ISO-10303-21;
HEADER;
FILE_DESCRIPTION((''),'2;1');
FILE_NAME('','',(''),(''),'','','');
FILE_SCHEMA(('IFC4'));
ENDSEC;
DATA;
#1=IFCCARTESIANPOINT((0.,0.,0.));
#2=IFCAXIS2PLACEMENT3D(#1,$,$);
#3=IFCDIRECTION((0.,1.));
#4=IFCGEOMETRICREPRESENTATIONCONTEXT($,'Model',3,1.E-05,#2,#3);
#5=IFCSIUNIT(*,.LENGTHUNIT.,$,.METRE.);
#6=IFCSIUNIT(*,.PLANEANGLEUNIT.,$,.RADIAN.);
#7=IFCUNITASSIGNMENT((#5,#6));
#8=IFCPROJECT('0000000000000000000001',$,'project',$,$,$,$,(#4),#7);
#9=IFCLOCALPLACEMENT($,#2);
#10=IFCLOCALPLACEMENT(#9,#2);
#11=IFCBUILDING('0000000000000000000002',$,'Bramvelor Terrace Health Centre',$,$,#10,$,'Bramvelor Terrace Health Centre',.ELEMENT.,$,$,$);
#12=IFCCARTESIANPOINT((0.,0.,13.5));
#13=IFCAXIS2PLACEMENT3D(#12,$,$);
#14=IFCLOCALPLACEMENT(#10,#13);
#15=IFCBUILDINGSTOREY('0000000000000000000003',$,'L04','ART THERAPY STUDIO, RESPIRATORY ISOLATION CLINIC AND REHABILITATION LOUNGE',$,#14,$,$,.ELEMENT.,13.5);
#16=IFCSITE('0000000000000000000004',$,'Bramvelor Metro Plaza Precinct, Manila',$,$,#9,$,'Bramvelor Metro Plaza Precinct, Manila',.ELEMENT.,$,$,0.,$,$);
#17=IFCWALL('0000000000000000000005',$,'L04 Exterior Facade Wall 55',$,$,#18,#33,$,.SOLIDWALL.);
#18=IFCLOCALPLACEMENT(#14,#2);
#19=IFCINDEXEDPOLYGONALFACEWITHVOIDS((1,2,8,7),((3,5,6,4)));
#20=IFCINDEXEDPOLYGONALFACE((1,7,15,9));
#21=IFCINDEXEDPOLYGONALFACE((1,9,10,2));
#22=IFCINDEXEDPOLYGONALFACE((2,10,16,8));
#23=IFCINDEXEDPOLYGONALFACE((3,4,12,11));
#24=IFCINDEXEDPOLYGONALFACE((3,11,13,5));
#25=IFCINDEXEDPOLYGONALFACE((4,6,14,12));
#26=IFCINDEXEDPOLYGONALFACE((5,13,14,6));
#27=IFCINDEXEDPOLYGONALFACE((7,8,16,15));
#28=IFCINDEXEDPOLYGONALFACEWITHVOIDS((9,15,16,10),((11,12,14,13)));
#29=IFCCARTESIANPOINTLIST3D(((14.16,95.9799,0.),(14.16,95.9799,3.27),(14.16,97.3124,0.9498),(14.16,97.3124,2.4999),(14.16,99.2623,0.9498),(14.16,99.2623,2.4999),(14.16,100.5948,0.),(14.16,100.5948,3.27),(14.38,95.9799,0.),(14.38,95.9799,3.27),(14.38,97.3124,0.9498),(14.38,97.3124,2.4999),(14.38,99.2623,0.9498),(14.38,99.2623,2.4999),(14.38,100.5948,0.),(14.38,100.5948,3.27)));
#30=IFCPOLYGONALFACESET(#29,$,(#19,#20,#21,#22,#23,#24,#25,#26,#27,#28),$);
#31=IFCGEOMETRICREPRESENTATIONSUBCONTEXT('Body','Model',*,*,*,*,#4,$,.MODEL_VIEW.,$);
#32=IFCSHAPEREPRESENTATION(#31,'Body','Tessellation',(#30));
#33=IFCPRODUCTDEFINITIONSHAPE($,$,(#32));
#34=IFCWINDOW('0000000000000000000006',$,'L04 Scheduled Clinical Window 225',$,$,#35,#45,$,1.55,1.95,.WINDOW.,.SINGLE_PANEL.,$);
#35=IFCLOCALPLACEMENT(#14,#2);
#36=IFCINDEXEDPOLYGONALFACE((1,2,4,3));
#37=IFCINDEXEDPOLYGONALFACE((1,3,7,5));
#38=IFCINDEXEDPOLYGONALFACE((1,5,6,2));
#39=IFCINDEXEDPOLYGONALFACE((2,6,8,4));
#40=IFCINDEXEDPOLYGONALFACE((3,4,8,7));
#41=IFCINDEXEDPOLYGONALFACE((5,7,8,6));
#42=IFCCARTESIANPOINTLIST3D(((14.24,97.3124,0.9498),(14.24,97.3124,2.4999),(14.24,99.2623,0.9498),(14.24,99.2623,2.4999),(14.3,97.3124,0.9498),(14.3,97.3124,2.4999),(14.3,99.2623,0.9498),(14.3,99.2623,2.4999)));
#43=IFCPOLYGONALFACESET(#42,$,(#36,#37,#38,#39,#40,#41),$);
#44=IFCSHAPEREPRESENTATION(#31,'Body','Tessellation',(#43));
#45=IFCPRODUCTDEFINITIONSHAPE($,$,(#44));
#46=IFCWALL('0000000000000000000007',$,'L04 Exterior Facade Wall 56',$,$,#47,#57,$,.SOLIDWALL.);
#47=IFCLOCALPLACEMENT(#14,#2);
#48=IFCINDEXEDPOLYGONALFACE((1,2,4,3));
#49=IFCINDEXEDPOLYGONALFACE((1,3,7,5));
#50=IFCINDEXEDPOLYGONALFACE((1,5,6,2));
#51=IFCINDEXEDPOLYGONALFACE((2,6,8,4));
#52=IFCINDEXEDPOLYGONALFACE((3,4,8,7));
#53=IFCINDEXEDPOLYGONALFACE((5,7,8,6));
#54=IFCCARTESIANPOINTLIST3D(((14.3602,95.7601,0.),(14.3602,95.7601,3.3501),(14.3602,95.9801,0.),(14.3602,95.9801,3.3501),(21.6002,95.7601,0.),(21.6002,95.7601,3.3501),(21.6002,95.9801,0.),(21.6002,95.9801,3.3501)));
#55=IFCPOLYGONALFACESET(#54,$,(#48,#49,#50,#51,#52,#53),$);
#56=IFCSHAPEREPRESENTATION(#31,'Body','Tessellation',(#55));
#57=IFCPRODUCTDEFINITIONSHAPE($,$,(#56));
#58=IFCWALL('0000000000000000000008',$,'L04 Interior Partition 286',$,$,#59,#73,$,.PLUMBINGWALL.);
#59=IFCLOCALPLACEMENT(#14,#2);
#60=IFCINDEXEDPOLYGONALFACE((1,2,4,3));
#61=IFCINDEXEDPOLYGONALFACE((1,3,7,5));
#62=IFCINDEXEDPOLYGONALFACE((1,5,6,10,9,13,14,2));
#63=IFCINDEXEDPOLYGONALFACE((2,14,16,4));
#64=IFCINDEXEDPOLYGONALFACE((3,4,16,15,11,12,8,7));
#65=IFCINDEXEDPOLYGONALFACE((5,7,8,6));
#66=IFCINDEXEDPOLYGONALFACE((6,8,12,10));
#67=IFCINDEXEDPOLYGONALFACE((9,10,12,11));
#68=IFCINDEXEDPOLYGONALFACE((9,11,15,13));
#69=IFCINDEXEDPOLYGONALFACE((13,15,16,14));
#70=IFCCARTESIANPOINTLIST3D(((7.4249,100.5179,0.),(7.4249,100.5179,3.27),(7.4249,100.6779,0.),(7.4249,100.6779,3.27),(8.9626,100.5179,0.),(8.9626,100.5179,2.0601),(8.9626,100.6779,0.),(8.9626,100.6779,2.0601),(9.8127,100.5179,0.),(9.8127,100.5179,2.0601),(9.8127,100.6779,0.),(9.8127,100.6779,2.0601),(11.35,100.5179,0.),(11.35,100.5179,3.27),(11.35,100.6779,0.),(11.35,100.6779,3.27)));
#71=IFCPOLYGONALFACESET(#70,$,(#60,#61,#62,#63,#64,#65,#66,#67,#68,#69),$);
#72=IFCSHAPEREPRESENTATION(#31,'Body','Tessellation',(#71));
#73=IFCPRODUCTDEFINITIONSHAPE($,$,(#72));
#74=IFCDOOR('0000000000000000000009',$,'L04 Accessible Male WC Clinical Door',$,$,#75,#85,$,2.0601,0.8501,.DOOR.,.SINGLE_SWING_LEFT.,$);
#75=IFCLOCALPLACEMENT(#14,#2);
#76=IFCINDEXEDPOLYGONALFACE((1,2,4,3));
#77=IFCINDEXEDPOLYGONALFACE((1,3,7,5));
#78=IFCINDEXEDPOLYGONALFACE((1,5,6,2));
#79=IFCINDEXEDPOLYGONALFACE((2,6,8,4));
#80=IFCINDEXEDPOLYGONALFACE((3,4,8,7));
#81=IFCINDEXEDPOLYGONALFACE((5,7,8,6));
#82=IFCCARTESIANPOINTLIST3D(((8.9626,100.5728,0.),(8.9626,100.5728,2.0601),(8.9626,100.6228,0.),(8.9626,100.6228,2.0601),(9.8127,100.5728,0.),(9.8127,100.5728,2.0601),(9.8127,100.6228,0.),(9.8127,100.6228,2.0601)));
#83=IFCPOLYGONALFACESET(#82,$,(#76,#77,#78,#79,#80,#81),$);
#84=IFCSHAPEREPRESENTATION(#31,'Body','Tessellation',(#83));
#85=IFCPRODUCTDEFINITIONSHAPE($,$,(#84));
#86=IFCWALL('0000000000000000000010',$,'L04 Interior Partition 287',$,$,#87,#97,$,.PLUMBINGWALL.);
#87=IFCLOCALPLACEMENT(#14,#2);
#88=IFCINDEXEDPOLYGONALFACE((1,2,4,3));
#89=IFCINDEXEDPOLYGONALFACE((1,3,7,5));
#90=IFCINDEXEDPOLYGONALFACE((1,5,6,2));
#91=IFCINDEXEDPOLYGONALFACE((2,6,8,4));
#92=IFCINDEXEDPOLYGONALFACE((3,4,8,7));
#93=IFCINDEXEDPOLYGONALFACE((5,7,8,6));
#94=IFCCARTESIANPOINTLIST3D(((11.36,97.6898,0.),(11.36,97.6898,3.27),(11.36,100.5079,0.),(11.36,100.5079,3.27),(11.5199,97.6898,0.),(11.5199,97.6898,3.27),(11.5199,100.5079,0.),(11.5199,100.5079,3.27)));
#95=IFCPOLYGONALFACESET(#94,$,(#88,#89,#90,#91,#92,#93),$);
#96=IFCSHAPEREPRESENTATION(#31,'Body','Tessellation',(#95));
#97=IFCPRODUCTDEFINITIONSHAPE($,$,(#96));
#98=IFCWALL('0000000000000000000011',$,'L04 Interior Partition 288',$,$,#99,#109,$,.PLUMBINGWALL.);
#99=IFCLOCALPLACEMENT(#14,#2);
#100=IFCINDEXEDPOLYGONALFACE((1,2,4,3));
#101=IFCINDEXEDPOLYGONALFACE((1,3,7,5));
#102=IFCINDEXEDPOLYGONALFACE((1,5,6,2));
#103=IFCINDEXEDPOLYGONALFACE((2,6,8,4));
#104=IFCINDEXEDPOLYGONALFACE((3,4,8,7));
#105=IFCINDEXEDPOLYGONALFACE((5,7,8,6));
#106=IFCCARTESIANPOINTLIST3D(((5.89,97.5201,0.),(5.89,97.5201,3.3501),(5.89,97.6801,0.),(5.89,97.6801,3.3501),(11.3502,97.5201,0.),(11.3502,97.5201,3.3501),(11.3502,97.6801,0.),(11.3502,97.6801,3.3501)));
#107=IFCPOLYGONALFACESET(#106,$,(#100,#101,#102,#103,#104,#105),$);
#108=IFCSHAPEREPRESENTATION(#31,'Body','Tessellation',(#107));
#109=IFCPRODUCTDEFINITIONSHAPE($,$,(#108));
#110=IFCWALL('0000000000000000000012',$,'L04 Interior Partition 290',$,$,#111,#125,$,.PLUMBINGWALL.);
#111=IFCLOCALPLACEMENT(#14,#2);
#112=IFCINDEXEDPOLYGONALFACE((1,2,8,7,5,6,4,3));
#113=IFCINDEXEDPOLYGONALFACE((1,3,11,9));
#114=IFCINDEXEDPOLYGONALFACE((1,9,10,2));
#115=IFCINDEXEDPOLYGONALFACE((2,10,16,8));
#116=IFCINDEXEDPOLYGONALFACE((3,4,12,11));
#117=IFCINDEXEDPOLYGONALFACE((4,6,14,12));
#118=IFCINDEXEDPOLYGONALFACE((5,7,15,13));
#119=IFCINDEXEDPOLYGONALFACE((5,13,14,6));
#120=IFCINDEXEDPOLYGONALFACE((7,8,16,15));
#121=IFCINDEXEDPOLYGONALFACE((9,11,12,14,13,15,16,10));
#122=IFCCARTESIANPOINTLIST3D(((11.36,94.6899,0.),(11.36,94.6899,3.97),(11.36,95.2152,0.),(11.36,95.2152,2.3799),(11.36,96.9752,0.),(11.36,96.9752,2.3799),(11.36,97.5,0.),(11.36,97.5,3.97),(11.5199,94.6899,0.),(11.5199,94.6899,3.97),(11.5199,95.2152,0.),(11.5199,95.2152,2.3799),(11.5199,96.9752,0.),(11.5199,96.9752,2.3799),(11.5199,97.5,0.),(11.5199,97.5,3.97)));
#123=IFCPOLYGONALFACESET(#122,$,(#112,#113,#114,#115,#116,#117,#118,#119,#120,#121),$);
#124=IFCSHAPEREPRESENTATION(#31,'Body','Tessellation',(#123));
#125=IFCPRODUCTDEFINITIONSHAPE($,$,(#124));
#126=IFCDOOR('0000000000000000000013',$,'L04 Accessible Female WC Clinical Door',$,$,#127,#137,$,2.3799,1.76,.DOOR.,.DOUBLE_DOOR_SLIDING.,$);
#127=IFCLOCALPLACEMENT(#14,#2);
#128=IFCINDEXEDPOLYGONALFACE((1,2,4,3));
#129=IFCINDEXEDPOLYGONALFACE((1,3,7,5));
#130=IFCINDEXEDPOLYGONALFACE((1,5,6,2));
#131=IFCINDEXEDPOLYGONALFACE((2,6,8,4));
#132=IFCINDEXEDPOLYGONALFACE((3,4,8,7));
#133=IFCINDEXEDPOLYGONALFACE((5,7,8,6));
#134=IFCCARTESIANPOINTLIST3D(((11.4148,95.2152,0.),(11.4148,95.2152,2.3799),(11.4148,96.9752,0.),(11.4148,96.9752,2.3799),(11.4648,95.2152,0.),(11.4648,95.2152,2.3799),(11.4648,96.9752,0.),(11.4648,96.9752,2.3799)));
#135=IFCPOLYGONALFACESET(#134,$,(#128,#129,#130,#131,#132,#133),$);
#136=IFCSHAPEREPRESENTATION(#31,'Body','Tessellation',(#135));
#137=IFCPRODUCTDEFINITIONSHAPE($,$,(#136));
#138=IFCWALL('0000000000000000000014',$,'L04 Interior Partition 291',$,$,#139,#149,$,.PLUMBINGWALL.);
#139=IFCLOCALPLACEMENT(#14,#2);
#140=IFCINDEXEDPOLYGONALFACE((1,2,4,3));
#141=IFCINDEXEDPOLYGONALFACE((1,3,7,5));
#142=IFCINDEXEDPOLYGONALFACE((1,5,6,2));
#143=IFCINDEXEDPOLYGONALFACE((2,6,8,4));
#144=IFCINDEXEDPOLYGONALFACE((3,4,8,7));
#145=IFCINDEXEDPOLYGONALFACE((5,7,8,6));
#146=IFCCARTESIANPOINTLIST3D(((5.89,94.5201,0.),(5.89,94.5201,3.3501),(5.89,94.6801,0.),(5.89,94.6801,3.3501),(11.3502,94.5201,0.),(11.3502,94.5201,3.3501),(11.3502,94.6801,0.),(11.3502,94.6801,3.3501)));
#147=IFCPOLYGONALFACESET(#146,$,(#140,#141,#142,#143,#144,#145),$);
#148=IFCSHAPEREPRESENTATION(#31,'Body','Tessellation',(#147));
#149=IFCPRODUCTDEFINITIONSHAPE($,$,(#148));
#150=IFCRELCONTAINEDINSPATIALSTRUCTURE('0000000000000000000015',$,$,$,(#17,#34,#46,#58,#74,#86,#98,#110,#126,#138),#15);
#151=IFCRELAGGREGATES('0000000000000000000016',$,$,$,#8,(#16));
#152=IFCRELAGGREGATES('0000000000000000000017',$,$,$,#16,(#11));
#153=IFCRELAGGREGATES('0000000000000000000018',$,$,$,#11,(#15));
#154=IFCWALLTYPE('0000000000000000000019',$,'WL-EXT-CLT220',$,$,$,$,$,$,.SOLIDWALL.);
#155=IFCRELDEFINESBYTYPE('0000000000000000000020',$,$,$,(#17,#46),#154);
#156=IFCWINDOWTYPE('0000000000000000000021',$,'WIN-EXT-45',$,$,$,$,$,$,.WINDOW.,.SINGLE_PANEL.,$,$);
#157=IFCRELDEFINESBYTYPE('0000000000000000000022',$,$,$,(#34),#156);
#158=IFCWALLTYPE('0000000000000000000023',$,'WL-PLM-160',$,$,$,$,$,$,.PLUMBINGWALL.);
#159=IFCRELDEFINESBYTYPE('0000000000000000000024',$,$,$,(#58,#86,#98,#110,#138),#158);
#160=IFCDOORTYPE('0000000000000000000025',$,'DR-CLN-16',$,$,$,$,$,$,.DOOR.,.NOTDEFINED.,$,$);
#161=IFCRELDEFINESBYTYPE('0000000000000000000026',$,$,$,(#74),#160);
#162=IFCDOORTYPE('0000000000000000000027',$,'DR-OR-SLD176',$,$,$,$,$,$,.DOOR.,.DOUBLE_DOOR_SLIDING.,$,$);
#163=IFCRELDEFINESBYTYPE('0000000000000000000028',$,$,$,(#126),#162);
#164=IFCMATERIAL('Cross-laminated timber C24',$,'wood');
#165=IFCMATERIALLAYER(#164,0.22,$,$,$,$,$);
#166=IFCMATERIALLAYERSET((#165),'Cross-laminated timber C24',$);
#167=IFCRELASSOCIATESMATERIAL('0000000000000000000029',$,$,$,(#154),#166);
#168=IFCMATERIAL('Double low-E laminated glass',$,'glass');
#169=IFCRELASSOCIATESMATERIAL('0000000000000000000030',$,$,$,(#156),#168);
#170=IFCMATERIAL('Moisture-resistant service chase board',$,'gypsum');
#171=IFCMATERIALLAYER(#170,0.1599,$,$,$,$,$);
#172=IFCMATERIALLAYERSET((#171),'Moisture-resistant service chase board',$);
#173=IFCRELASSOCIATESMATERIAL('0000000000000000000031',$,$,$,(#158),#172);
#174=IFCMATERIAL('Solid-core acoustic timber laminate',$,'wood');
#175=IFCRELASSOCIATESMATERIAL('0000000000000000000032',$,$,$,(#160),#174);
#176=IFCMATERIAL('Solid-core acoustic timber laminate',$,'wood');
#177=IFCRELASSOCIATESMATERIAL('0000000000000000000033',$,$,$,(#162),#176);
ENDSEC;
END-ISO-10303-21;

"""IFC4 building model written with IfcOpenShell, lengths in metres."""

from ifc_helpers import new_model, si_unit, direction, frame, frame_2d, origin, place, context, subcontext, project, spatial, rectangle, extrude, material, layer, layer_set, type_object, element, fill, save


model = new_model("IFC4")

# Units and contexts
model_context = context("Model", 3, precision=1e-05, world=origin(), true_north=direction((0.0, 1.0)))
body_context = subcontext(model_context, "Body", "Model", "MODEL_VIEW")
ifc_project = project(units=[si_unit("LENGTHUNIT", "METRE"), si_unit("PLANEANGLEUNIT", "RADIAN")], contexts=[model_context])

# Site, building, storey
site_placement = place(None, origin())
site = spatial("IfcSite", under=ifc_project, at=site_placement, Name="Bramvelor Metro Plaza Precinct, Manila", LongName="Bramvelor Metro Plaza Precinct, Manila", CompositionType="ELEMENT", RefElevation=0.0)
building_placement = place(site_placement, origin())
building = spatial("IfcBuilding", under=site, at=building_placement, Name="Bramvelor Terrace Health Centre", LongName="Bramvelor Terrace Health Centre", CompositionType="ELEMENT")
storey_placement = place(building_placement, frame((0.0, 0.0, 13.5)))
storey = spatial("IfcBuildingStorey", under=building, at=storey_placement, Name="L04", Description="ART THERAPY STUDIO, RESPIRATORY ISOLATION CLINIC AND REHABILITATION LOUNGE", CompositionType="ELEMENT", Elevation=13.5)

# Wall, opening, window
ifc_material_1 = material(Name="Cross-laminated timber C24", Category="wood")
ifc_layer_1 = layer(ifc_material_1, 0.22)
ifc_layer_set_1 = layer_set([ifc_layer_1], Name="Cross-laminated timber C24")
wall_type_1 = type_object("IfcWallType", Name="WL-EXT-CLT220", PredefinedType="SOLIDWALL", material=ifc_layer_set_1)
wall_1_placement = place(storey_placement, frame((14.27, 100.595, 0.0), z_axis=(0.0, 0.0, 1.0), x_axis=(0.0, -1.0, 0.0)))
wall_1 = element("IfcWall", 1, at=wall_1_placement, inside=storey, type_object=wall_type_1, Name="L04 Exterior Facade Wall 55", PredefinedType="SOLIDWALL", context=body_context, shape_type="SweptSolid", body=[
    extrude(rectangle(XDim=4.615, YDim=0.22, at=frame_2d((2.3076, 0.0))), origin(), (0.0, 0.0, 1.0), 3.27),
])
opening_1_placement = place(wall_1_placement, frame((1.3325, 0.0, 0.95)))
opening_1 = element("IfcOpeningElement", 2, at=opening_1_placement, cuts=wall_1, PredefinedType="OPENING", context=body_context, shape_type="SweptSolid", body=[
    extrude(rectangle(XDim=1.95, YDim=1.55, at=frame_2d((0.9751, 0.7749))), frame((0.0, 0.1199, 0.0), z_axis=(0.0, -1.0, 0.0), x_axis=(1.0, 0.0, 0.0)), (0.0, 0.0, 1.0), 0.24),
])
ifc_material_2 = material(Name="Double low-E laminated glass", Category="glass")
window_type = type_object("IfcWindowType", Name="WIN-EXT-45", PartitioningType="SINGLE_PANEL", PredefinedType="WINDOW", material=ifc_material_2)
window_placement = place(opening_1_placement, origin())
window = element("IfcWindow", 3, at=window_placement, inside=storey, type_object=window_type, Name="L04 Scheduled Clinical Window 225", OverallHeight=1.55, OverallWidth=1.95, PartitioningType="SINGLE_PANEL", PredefinedType="WINDOW", context=body_context, shape_type="SweptSolid", body=[
    extrude(rectangle(XDim=1.95, YDim=1.55, at=frame_2d((0.9751, 0.7749))), frame((0.0, 0.03, 0.0), z_axis=(0.0, -1.0, 0.0), x_axis=(1.0, 0.0, 0.0)), (0.0, 0.0, 1.0), 0.0601),
])
fill(opening_1, window)

# Wall
wall_2_placement = place(storey_placement, frame((14.3601, 95.8701, 0.0), z_axis=(0.0, 0.0, 1.0), x_axis=(1.0, 0.0, 0.0)))
element("IfcWall", 4, at=wall_2_placement, inside=storey, type_object=wall_type_1, Name="L04 Exterior Facade Wall 56", PredefinedType="SOLIDWALL", context=body_context, shape_type="SweptSolid", body=[
    extrude(rectangle(XDim=7.24, YDim=0.22, at=frame_2d((3.6201, 0.0))), origin(), (0.0, 0.0, 1.0), 3.3501),
])

# Wall, opening, door
ifc_material_3 = material(Name="Moisture-resistant service chase board", Category="gypsum")
ifc_layer_2 = layer(ifc_material_3, 0.1599)
ifc_layer_set_2 = layer_set([ifc_layer_2], Name="Moisture-resistant service chase board")
wall_type_2 = type_object("IfcWallType", Name="WL-PLM-160", PredefinedType="PLUMBINGWALL", material=ifc_layer_set_2)
wall_3_placement = place(storey_placement, frame((7.425, 100.5979, 0.0), z_axis=(0.0, 0.0, 1.0), x_axis=(1.0, 0.0, 0.0)))
wall_3 = element("IfcWall", 5, at=wall_3_placement, inside=storey, type_object=wall_type_2, Name="L04 Interior Partition 286", PredefinedType="PLUMBINGWALL", context=body_context, shape_type="SweptSolid", body=[
    extrude(rectangle(XDim=3.925, YDim=0.1599, at=frame_2d((1.9624, 0.0))), origin(), (0.0, 0.0, 1.0), 3.27),
])
opening_2_placement = place(wall_3_placement, frame((1.5376, 0.0, 0.0)))
opening_2 = element("IfcOpeningElement", 6, at=opening_2_placement, cuts=wall_3, PredefinedType="OPENING", context=body_context, shape_type="SweptSolid", body=[
    extrude(rectangle(XDim=0.8501, YDim=2.0601, at=frame_2d((0.425, 1.03))), frame((0.0, 0.0898, 0.0), z_axis=(0.0, -1.0, 0.0), x_axis=(1.0, 0.0, 0.0)), (0.0, 0.0, 1.0), 0.1799),
])
ifc_material_4 = material(Name="Solid-core acoustic timber laminate", Category="wood")
door_type_1 = type_object("IfcDoorType", Name="DR-CLN-16", OperationType="NOTDEFINED", PredefinedType="DOOR", material=ifc_material_4)
door_1_placement = place(opening_2_placement, origin())
door_1 = element("IfcDoor", 7, at=door_1_placement, inside=storey, type_object=door_type_1, Name="L04 Accessible Male WC Clinical Door", OperationType="SINGLE_SWING_LEFT", OverallHeight=2.0601, OverallWidth=0.8501, PredefinedType="DOOR", context=body_context, shape_type="SweptSolid", body=[
    extrude(rectangle(XDim=0.8501, YDim=2.0601, at=frame_2d((0.425, 1.03))), frame((0.0, 0.0249, 0.0), z_axis=(0.0, -1.0, 0.0), x_axis=(1.0, 0.0, 0.0)), (0.0, 0.0, 1.0), 0.05),
])
fill(opening_2, door_1)

# Walls
wall_4_placement = place(storey_placement, frame((11.4399, 100.5081, 0.0), z_axis=(0.0, 0.0, 1.0), x_axis=(0.0, -1.0, 0.0)))
element("IfcWall", 8, at=wall_4_placement, inside=storey, type_object=wall_type_2, Name="L04 Interior Partition 287", PredefinedType="PLUMBINGWALL", context=body_context, shape_type="SweptSolid", body=[
    extrude(rectangle(XDim=2.8181, YDim=0.1599, at=frame_2d((1.4092, 0.0))), origin(), (0.0, 0.0, 1.0), 3.27),
])
wall_5_placement = place(storey_placement, frame((11.3501, 97.6001, 0.0), z_axis=(0.0, 0.0, 1.0), x_axis=(-1.0, 0.0, 0.0)))
element("IfcWall", 9, at=wall_5_placement, inside=storey, type_object=wall_type_2, Name="L04 Interior Partition 288", PredefinedType="PLUMBINGWALL", context=body_context, shape_type="SweptSolid", body=[
    extrude(rectangle(XDim=5.4602, YDim=0.1599, at=frame_2d((2.73, 0.0))), origin(), (0.0, 0.0, 1.0), 3.3501),
])

# Wall, opening, door
wall_6_placement = place(storey_placement, frame((11.4399, 97.5, 0.0), z_axis=(0.0, 0.0, 1.0), x_axis=(0.0, -1.0, 0.0)))
wall_6 = element("IfcWall", 10, at=wall_6_placement, inside=storey, type_object=wall_type_2, Name="L04 Interior Partition 290", PredefinedType="PLUMBINGWALL", context=body_context, shape_type="SweptSolid", body=[
    extrude(rectangle(XDim=2.8101, YDim=0.1599, at=frame_2d((1.405, 0.0))), origin(), (0.0, 0.0, 1.0), 3.97),
])
opening_3_placement = place(wall_6_placement, frame((0.5249, 0.0, 0.0)))
opening_3 = element("IfcOpeningElement", 11, at=opening_3_placement, cuts=wall_6, PredefinedType="OPENING", context=body_context, shape_type="SweptSolid", body=[
    extrude(rectangle(XDim=1.76, YDim=2.3799, at=frame_2d((0.8799, 1.1899))), frame((0.0, 0.0898, 0.0), z_axis=(0.0, -1.0, 0.0), x_axis=(1.0, 0.0, 0.0)), (0.0, 0.0, 1.0), 0.1799),
])
ifc_material_5 = material(Name="Solid-core acoustic timber laminate", Category="wood")
door_type_2 = type_object("IfcDoorType", Name="DR-OR-SLD176", OperationType="DOUBLE_DOOR_SLIDING", PredefinedType="DOOR", material=ifc_material_5)
door_2_placement = place(opening_3_placement, origin())
door_2 = element("IfcDoor", 12, at=door_2_placement, inside=storey, type_object=door_type_2, Name="L04 Accessible Female WC Clinical Door", OperationType="DOUBLE_DOOR_SLIDING", OverallHeight=2.3799, OverallWidth=1.76, PredefinedType="DOOR", context=body_context, shape_type="SweptSolid", body=[
    extrude(rectangle(XDim=1.76, YDim=2.3799, at=frame_2d((0.8799, 1.1899))), frame((0.0, 0.0249, 0.0), z_axis=(0.0, -1.0, 0.0), x_axis=(1.0, 0.0, 0.0)), (0.0, 0.0, 1.0), 0.05),
])
fill(opening_3, door_2)

# Wall
wall_7_placement = place(storey_placement, frame((11.3501, 94.6001, 0.0), z_axis=(0.0, 0.0, 1.0), x_axis=(-1.0, 0.0, 0.0)))
element("IfcWall", 13, at=wall_7_placement, inside=storey, type_object=wall_type_2, Name="L04 Interior Partition 291", PredefinedType="PLUMBINGWALL", context=body_context, shape_type="SweptSolid", body=[
    extrude(rectangle(XDim=5.4602, YDim=0.1599, at=frame_2d((2.73, 0.0))), origin(), (0.0, 0.0, 1.0), 3.3501),
])

save(model, "model.ifc")
